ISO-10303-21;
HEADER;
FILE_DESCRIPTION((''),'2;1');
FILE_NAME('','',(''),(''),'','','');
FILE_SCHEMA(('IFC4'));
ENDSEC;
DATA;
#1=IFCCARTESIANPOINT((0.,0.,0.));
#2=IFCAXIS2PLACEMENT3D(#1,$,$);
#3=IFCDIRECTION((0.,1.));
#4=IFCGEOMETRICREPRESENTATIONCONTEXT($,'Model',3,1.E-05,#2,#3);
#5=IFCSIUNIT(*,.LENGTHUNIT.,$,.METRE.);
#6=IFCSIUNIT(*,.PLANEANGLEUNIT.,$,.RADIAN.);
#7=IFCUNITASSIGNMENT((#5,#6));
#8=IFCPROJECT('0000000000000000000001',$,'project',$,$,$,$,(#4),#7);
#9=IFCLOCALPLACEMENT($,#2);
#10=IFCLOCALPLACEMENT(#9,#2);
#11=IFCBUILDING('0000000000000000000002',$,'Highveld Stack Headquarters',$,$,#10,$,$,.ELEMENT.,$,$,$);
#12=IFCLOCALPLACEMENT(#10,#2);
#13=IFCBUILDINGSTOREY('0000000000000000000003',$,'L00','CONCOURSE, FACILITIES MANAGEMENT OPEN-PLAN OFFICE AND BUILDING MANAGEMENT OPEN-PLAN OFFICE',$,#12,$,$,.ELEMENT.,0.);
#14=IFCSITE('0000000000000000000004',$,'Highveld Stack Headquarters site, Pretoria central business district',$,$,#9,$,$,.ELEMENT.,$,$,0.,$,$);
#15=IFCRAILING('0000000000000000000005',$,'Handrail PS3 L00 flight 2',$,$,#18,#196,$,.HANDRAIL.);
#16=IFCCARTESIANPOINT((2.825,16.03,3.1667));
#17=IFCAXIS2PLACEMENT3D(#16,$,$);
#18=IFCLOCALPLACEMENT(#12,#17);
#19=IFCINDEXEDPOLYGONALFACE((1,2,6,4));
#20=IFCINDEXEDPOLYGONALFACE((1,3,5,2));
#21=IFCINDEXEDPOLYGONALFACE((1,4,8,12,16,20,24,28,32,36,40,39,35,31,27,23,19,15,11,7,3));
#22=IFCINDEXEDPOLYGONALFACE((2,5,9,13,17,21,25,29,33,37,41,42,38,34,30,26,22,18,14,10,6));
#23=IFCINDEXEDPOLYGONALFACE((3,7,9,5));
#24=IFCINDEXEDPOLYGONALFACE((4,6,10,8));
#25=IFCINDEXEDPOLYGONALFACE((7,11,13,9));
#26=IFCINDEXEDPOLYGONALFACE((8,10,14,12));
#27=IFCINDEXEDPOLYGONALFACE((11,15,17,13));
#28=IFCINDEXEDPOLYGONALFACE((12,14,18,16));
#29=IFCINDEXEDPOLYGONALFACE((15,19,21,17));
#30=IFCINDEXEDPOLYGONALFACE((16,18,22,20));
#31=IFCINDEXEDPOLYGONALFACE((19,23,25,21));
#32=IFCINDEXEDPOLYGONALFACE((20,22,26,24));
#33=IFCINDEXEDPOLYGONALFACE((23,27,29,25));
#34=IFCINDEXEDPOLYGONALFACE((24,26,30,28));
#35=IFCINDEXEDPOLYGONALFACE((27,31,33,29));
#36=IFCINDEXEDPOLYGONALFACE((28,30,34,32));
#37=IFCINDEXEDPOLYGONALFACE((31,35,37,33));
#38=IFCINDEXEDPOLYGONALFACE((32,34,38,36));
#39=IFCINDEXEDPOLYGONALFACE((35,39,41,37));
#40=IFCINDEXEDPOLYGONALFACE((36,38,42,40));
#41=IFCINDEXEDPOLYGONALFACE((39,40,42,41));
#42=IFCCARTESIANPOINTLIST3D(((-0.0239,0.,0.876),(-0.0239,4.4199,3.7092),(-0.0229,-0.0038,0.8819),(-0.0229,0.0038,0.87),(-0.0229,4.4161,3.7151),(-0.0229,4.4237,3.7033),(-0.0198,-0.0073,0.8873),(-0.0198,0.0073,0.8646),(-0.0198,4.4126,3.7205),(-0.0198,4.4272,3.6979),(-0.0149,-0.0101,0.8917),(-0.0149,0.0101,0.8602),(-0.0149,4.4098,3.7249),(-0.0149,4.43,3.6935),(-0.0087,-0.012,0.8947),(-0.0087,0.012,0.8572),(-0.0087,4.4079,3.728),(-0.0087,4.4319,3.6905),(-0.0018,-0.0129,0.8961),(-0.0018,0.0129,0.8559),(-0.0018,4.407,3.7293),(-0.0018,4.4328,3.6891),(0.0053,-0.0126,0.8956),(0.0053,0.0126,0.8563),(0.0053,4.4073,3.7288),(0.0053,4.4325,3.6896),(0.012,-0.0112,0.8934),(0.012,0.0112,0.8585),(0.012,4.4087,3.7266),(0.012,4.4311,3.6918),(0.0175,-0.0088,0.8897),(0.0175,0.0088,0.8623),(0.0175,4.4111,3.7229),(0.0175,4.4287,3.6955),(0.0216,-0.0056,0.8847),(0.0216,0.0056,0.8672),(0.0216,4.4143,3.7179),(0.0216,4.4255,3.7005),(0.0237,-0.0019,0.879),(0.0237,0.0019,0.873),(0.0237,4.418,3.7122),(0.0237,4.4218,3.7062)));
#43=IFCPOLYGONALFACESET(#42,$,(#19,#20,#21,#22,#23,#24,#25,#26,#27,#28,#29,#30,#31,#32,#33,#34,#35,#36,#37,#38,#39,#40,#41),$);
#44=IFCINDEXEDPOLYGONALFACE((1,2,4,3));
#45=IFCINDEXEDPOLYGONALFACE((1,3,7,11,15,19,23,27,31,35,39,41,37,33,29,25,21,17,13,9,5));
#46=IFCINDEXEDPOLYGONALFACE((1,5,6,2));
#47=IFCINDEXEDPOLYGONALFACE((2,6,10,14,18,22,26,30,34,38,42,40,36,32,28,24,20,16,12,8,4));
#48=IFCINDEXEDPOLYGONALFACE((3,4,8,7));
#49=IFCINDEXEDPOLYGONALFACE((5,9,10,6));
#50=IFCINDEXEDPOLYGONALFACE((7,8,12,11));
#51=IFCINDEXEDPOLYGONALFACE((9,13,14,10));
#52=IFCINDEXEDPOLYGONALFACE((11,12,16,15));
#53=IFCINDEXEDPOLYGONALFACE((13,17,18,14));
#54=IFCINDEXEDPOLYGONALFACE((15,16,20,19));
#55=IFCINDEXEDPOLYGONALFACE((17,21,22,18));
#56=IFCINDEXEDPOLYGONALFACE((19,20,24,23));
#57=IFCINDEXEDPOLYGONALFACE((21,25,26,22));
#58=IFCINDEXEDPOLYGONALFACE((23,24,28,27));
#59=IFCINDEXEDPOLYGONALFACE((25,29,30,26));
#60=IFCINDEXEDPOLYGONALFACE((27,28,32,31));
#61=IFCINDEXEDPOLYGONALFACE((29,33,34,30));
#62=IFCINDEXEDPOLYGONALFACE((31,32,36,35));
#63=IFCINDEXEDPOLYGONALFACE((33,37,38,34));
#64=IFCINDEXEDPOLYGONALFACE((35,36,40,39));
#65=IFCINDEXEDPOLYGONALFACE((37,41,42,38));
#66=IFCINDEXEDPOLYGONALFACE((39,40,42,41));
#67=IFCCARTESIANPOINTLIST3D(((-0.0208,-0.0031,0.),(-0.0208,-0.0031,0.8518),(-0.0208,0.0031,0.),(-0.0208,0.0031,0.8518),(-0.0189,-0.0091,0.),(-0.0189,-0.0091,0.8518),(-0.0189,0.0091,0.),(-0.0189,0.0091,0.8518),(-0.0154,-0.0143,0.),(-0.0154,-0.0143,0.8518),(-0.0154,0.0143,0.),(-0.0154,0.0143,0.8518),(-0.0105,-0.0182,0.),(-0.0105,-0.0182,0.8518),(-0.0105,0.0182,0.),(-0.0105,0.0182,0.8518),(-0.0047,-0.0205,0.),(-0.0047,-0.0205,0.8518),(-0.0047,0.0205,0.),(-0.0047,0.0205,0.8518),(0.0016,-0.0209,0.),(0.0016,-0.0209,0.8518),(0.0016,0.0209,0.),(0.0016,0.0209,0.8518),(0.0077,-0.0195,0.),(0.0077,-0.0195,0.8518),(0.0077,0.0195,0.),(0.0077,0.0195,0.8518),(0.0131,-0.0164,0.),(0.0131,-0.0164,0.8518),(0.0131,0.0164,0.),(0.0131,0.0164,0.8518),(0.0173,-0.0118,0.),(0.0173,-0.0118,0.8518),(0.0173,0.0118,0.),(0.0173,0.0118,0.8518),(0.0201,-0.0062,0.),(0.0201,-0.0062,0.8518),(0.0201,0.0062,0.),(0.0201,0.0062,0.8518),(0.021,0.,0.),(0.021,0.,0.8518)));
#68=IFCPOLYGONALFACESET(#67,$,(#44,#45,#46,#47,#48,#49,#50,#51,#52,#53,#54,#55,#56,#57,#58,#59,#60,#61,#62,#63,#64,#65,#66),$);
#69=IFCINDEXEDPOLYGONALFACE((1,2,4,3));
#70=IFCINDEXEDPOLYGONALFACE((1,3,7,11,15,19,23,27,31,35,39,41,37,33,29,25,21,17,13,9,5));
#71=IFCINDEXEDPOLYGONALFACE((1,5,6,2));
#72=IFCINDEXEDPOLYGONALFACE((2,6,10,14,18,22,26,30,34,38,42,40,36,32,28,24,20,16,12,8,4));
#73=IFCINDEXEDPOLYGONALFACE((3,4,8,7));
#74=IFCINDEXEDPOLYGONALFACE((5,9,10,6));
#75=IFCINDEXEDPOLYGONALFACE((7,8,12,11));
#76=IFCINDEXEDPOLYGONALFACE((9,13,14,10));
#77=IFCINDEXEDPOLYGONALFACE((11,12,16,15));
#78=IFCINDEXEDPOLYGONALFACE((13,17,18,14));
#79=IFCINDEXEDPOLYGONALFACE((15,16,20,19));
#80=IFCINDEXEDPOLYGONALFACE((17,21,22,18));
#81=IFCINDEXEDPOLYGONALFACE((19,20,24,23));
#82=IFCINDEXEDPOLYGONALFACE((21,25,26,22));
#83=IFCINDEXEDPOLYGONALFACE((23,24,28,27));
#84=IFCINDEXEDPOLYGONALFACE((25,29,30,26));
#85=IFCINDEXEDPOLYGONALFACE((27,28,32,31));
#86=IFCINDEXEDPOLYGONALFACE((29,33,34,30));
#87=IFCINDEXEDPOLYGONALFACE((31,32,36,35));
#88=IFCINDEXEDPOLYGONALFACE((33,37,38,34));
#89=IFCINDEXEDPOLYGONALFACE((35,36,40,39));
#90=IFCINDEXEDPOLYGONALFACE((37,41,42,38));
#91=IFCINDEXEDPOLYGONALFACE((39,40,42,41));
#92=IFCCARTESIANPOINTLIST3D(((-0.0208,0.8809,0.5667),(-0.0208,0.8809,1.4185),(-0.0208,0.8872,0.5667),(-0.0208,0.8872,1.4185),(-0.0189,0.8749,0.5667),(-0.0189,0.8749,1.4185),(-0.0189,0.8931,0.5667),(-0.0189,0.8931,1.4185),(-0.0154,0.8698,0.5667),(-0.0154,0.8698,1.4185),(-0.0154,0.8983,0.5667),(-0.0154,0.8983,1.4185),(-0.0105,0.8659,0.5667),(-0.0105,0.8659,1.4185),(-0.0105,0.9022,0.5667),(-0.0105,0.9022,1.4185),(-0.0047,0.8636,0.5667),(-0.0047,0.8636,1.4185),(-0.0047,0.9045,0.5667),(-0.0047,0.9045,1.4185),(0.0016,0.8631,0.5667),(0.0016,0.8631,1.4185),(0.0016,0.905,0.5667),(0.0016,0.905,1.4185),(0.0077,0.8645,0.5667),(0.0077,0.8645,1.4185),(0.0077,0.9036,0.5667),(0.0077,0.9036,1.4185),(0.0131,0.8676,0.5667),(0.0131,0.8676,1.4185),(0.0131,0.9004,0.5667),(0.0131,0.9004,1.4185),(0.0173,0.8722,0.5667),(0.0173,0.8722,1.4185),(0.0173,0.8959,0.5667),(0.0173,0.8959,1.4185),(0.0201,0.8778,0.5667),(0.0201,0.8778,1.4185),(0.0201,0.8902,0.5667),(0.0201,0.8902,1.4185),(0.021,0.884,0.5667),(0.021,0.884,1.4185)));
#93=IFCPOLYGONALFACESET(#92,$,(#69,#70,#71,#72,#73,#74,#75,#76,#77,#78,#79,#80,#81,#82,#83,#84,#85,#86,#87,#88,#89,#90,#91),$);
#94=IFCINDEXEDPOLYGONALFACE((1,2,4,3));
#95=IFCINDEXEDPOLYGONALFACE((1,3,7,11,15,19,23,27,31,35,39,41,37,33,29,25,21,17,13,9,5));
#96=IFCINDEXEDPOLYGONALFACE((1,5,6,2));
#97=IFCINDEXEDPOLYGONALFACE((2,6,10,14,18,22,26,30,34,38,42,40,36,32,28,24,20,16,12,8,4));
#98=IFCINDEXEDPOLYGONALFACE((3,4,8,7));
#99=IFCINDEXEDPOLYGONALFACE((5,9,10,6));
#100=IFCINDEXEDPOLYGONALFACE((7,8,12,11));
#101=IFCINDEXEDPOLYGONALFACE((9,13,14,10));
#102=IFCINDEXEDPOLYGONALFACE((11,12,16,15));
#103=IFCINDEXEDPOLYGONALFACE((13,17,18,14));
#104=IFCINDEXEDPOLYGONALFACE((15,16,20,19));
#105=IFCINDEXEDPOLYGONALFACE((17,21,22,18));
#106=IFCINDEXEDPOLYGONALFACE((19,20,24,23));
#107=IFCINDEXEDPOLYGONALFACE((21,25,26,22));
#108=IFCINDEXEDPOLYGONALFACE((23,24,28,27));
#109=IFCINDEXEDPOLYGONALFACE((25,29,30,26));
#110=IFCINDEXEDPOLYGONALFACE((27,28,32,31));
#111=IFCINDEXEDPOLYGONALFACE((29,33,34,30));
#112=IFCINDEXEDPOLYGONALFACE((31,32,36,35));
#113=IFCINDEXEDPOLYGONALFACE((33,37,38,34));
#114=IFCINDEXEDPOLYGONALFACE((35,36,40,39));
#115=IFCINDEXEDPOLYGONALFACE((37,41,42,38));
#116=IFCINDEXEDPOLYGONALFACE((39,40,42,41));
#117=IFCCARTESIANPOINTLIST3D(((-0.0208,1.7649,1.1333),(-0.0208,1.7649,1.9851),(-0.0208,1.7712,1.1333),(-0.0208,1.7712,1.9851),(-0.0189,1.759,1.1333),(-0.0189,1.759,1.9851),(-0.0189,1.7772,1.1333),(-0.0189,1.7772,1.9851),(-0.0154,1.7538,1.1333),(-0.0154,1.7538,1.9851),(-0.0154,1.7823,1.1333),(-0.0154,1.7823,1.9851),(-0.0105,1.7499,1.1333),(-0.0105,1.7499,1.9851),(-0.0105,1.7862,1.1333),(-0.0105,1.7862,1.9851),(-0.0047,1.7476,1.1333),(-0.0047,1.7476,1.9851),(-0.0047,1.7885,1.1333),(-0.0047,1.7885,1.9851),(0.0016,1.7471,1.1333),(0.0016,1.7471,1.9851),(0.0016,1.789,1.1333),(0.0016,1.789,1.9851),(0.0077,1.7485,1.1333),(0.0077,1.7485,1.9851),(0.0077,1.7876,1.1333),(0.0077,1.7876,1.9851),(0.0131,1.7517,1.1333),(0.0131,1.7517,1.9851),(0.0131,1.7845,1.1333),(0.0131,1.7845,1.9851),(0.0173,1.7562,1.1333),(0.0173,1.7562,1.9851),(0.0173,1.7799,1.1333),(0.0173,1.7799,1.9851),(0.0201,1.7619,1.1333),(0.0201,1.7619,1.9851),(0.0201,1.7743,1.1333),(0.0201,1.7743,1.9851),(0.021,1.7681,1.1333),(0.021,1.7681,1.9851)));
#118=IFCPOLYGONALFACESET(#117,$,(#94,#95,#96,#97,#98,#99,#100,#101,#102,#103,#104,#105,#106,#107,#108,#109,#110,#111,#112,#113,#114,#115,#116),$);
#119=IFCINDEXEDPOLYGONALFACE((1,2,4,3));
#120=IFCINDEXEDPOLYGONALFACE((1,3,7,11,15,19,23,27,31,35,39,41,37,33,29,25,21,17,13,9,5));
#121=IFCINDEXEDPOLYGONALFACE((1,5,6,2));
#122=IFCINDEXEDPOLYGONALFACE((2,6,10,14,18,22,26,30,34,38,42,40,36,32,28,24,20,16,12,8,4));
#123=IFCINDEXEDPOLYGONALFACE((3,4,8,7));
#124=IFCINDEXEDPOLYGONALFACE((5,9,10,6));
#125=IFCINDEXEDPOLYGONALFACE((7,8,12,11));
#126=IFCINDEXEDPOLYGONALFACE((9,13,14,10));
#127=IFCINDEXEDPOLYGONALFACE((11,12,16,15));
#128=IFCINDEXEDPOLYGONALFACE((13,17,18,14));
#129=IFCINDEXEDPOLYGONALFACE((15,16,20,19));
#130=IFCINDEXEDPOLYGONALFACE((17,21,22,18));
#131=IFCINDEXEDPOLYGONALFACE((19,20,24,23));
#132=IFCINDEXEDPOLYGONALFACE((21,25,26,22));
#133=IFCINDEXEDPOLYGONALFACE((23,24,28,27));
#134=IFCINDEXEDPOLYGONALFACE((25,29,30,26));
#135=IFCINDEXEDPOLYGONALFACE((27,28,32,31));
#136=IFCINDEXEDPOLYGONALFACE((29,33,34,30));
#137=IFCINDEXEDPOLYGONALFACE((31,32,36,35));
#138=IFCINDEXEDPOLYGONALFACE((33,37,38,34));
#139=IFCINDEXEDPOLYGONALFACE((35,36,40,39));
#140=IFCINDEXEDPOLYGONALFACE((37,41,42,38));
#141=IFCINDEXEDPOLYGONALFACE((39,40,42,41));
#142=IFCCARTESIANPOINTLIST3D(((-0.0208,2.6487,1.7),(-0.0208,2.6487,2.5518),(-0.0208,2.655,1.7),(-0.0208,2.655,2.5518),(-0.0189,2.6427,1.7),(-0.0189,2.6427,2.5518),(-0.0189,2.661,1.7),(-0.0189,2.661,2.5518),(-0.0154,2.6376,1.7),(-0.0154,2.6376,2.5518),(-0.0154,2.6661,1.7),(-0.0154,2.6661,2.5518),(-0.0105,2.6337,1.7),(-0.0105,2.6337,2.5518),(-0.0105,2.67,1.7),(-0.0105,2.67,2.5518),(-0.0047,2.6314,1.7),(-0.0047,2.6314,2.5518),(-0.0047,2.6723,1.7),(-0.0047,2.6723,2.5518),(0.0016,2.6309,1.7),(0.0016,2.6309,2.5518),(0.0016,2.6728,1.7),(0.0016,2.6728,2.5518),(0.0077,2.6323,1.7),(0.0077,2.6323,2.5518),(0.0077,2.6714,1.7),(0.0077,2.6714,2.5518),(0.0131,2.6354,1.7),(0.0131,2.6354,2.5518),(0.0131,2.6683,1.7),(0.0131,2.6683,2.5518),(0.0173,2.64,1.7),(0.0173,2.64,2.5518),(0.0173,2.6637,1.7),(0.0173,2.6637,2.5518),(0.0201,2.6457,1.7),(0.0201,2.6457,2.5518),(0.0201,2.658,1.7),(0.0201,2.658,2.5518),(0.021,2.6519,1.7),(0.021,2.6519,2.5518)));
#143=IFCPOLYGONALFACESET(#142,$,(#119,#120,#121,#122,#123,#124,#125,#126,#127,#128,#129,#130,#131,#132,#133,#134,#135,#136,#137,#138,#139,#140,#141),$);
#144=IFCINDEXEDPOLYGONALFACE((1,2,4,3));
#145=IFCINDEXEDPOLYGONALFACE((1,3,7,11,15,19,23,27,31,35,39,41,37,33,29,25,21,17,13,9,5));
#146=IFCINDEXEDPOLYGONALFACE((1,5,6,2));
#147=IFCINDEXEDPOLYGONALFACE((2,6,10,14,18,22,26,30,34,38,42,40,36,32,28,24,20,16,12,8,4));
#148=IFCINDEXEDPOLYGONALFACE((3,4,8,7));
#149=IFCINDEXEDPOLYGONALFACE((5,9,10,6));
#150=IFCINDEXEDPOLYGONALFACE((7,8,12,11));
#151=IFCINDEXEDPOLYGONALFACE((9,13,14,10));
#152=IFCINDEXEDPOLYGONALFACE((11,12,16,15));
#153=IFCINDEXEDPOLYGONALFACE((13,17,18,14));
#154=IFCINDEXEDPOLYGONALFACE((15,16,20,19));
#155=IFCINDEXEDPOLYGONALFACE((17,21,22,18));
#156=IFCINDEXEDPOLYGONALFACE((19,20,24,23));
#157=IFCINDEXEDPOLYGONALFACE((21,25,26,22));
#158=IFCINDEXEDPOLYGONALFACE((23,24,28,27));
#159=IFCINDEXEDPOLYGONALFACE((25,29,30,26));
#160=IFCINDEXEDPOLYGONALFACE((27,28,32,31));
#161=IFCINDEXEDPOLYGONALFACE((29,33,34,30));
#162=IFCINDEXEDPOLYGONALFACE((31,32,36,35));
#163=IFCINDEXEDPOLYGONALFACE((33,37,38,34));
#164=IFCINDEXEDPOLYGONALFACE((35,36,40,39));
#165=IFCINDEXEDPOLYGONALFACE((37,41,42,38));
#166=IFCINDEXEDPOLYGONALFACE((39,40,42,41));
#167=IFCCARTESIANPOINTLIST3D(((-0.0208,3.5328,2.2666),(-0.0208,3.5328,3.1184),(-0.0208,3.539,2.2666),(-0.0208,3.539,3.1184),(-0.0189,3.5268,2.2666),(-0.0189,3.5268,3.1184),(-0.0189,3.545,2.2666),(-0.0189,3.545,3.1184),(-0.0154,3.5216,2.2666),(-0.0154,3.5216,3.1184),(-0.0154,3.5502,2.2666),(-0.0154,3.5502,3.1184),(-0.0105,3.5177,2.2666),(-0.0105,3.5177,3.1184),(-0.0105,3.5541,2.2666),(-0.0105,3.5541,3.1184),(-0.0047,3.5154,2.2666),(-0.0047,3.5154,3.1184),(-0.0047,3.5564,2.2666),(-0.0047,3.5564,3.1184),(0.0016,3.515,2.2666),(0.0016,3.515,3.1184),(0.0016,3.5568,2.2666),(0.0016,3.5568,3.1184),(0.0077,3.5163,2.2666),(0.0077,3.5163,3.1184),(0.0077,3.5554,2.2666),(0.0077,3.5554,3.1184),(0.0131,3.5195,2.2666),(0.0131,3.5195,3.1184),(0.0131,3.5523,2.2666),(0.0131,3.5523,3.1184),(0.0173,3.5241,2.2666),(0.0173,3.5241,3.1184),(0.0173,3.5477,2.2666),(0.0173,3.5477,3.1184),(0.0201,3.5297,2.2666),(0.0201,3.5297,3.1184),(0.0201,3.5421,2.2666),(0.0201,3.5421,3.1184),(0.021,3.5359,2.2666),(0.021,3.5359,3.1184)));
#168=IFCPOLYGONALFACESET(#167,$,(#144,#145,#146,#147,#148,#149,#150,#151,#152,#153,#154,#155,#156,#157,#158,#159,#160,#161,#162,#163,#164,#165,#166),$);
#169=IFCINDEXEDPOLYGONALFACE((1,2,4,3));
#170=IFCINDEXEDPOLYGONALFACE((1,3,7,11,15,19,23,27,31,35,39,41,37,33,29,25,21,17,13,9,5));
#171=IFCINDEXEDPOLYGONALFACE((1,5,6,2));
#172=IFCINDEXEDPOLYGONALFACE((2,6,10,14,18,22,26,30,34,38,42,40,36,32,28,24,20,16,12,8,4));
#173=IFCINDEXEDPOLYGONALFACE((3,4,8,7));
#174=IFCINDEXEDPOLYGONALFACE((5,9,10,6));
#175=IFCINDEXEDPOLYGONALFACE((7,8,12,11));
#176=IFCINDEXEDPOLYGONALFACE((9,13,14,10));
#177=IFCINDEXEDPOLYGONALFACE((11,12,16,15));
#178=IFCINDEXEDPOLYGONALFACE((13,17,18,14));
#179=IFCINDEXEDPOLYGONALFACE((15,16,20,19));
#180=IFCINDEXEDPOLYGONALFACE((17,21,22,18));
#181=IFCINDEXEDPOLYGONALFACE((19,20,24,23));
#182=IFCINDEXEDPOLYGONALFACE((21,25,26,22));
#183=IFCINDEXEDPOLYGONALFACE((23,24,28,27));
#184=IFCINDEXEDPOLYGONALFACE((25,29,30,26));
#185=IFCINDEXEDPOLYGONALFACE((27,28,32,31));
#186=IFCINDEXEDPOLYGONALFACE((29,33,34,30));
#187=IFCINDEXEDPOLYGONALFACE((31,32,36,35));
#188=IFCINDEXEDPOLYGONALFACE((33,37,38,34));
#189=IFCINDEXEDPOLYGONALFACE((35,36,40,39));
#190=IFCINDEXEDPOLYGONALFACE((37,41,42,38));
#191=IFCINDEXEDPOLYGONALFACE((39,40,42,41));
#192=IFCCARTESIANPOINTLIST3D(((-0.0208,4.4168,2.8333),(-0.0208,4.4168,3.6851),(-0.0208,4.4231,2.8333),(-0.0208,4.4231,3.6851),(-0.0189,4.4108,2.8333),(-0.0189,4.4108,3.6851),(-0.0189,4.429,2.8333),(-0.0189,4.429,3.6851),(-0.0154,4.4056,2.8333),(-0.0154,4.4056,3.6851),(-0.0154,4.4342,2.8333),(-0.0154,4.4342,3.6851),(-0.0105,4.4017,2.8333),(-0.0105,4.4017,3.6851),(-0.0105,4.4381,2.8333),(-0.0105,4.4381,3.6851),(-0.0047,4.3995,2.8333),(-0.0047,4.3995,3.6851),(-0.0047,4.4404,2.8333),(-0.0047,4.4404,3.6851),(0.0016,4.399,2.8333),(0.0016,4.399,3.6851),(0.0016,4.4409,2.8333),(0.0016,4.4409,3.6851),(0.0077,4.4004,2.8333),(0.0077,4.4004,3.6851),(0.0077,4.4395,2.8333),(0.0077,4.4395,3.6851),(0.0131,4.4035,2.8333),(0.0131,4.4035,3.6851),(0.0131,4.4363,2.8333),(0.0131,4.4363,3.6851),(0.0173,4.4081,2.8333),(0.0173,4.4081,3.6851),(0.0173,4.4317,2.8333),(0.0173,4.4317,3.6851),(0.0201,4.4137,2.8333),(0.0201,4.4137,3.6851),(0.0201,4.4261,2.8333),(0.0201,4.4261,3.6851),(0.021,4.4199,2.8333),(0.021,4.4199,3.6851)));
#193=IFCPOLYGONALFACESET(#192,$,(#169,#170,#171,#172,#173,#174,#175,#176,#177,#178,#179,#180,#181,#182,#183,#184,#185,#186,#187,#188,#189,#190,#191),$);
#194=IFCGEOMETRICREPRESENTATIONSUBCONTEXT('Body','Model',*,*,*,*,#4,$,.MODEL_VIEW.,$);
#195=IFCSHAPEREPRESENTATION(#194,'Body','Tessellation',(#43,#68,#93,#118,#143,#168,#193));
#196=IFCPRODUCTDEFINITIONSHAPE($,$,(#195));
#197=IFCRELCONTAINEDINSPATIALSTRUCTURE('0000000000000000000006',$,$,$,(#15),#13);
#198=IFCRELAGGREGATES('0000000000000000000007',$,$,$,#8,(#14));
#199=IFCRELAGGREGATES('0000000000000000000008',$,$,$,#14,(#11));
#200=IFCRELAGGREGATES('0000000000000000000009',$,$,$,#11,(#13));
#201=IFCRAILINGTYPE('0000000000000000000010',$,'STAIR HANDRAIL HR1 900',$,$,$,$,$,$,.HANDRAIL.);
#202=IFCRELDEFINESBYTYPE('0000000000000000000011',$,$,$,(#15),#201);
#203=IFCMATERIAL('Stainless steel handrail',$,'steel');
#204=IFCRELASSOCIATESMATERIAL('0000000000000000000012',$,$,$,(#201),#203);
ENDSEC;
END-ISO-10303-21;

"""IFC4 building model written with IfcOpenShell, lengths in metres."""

from ifc_helpers import new_model, si_unit, direction, frame, origin, origin_2d, place, context, subcontext, project, spatial, circle, extrude, material, type_object, element, save


model = new_model("IFC4")

# Units and contexts
model_context = context("Model", 3, precision=1e-05, world=origin(), true_north=direction((0.0, 1.0)))
body_context = subcontext(model_context, "Body", "Model", "MODEL_VIEW")
ifc_project = project(units=[si_unit("LENGTHUNIT", "METRE"), si_unit("PLANEANGLEUNIT", "RADIAN")], contexts=[model_context])

# Site, building, storey
site_placement = place(None, origin())
site = spatial("IfcSite", under=ifc_project, at=site_placement, Name="Highveld Stack Headquarters site, Pretoria central business district", CompositionType="ELEMENT", RefElevation=0.0)
building_placement = place(site_placement, origin())
building = spatial("IfcBuilding", under=site, at=building_placement, Name="Highveld Stack Headquarters", CompositionType="ELEMENT")
storey_placement = place(building_placement, origin())
storey = spatial("IfcBuildingStorey", under=building, at=storey_placement, Name="L00", Description="CONCOURSE, FACILITIES MANAGEMENT OPEN-PLAN OFFICE AND BUILDING MANAGEMENT OPEN-PLAN OFFICE", CompositionType="ELEMENT", Elevation=0.0)

# Railing
ifc_material_1 = material(Name="Stainless steel handrail", Category="steel")
railing_type = type_object("IfcRailingType", Name="STAIR HANDRAIL HR1 900", PredefinedType="HANDRAIL", material=ifc_material_1)
for number, where, name in (
    (1, (2.825, 16.03, 3.1667), "Handrail PS3 L00 flight 2"),
):
    element("IfcRailing", number, at=place(storey_placement, frame(where)), inside=storey, type_object=railing_type, Name=name, PredefinedType="HANDRAIL", context=body_context, shape_type="SweptSolid", body=[
        extrude(circle(Radius=0.0239, at=origin_2d()), frame((0.0, 0.0, 0.876), z_axis=(0.0, 0.841882, 0.539662), x_axis=(-1.0, 0.0, 0.0)), (0.0, 0.0, 1.0), 5.25),
        extrude(circle(Radius=0.021, at=origin_2d()), origin(), (0.0, 0.0, 1.0), 0.8518),
        extrude(circle(Radius=0.021, at=origin_2d()), frame((0.0, 0.884, 0.5667)), (0.0, 0.0, 1.0), 0.8518),
        extrude(circle(Radius=0.021, at=origin_2d()), frame((0.0, 1.7681, 1.1333)), (0.0, 0.0, 1.0), 0.8518),
        extrude(circle(Radius=0.021, at=origin_2d()), frame((0.0, 2.6519, 1.7)), (0.0, 0.0, 1.0), 0.8518),
        extrude(circle(Radius=0.021, at=origin_2d()), frame((0.0, 3.5359, 2.2666)), (0.0, 0.0, 1.0), 0.8518),
        extrude(circle(Radius=0.021, at=origin_2d()), frame((0.0, 4.4199, 2.8333)), (0.0, 0.0, 1.0), 0.8518),
    ])

save(model, "model.ifc")
